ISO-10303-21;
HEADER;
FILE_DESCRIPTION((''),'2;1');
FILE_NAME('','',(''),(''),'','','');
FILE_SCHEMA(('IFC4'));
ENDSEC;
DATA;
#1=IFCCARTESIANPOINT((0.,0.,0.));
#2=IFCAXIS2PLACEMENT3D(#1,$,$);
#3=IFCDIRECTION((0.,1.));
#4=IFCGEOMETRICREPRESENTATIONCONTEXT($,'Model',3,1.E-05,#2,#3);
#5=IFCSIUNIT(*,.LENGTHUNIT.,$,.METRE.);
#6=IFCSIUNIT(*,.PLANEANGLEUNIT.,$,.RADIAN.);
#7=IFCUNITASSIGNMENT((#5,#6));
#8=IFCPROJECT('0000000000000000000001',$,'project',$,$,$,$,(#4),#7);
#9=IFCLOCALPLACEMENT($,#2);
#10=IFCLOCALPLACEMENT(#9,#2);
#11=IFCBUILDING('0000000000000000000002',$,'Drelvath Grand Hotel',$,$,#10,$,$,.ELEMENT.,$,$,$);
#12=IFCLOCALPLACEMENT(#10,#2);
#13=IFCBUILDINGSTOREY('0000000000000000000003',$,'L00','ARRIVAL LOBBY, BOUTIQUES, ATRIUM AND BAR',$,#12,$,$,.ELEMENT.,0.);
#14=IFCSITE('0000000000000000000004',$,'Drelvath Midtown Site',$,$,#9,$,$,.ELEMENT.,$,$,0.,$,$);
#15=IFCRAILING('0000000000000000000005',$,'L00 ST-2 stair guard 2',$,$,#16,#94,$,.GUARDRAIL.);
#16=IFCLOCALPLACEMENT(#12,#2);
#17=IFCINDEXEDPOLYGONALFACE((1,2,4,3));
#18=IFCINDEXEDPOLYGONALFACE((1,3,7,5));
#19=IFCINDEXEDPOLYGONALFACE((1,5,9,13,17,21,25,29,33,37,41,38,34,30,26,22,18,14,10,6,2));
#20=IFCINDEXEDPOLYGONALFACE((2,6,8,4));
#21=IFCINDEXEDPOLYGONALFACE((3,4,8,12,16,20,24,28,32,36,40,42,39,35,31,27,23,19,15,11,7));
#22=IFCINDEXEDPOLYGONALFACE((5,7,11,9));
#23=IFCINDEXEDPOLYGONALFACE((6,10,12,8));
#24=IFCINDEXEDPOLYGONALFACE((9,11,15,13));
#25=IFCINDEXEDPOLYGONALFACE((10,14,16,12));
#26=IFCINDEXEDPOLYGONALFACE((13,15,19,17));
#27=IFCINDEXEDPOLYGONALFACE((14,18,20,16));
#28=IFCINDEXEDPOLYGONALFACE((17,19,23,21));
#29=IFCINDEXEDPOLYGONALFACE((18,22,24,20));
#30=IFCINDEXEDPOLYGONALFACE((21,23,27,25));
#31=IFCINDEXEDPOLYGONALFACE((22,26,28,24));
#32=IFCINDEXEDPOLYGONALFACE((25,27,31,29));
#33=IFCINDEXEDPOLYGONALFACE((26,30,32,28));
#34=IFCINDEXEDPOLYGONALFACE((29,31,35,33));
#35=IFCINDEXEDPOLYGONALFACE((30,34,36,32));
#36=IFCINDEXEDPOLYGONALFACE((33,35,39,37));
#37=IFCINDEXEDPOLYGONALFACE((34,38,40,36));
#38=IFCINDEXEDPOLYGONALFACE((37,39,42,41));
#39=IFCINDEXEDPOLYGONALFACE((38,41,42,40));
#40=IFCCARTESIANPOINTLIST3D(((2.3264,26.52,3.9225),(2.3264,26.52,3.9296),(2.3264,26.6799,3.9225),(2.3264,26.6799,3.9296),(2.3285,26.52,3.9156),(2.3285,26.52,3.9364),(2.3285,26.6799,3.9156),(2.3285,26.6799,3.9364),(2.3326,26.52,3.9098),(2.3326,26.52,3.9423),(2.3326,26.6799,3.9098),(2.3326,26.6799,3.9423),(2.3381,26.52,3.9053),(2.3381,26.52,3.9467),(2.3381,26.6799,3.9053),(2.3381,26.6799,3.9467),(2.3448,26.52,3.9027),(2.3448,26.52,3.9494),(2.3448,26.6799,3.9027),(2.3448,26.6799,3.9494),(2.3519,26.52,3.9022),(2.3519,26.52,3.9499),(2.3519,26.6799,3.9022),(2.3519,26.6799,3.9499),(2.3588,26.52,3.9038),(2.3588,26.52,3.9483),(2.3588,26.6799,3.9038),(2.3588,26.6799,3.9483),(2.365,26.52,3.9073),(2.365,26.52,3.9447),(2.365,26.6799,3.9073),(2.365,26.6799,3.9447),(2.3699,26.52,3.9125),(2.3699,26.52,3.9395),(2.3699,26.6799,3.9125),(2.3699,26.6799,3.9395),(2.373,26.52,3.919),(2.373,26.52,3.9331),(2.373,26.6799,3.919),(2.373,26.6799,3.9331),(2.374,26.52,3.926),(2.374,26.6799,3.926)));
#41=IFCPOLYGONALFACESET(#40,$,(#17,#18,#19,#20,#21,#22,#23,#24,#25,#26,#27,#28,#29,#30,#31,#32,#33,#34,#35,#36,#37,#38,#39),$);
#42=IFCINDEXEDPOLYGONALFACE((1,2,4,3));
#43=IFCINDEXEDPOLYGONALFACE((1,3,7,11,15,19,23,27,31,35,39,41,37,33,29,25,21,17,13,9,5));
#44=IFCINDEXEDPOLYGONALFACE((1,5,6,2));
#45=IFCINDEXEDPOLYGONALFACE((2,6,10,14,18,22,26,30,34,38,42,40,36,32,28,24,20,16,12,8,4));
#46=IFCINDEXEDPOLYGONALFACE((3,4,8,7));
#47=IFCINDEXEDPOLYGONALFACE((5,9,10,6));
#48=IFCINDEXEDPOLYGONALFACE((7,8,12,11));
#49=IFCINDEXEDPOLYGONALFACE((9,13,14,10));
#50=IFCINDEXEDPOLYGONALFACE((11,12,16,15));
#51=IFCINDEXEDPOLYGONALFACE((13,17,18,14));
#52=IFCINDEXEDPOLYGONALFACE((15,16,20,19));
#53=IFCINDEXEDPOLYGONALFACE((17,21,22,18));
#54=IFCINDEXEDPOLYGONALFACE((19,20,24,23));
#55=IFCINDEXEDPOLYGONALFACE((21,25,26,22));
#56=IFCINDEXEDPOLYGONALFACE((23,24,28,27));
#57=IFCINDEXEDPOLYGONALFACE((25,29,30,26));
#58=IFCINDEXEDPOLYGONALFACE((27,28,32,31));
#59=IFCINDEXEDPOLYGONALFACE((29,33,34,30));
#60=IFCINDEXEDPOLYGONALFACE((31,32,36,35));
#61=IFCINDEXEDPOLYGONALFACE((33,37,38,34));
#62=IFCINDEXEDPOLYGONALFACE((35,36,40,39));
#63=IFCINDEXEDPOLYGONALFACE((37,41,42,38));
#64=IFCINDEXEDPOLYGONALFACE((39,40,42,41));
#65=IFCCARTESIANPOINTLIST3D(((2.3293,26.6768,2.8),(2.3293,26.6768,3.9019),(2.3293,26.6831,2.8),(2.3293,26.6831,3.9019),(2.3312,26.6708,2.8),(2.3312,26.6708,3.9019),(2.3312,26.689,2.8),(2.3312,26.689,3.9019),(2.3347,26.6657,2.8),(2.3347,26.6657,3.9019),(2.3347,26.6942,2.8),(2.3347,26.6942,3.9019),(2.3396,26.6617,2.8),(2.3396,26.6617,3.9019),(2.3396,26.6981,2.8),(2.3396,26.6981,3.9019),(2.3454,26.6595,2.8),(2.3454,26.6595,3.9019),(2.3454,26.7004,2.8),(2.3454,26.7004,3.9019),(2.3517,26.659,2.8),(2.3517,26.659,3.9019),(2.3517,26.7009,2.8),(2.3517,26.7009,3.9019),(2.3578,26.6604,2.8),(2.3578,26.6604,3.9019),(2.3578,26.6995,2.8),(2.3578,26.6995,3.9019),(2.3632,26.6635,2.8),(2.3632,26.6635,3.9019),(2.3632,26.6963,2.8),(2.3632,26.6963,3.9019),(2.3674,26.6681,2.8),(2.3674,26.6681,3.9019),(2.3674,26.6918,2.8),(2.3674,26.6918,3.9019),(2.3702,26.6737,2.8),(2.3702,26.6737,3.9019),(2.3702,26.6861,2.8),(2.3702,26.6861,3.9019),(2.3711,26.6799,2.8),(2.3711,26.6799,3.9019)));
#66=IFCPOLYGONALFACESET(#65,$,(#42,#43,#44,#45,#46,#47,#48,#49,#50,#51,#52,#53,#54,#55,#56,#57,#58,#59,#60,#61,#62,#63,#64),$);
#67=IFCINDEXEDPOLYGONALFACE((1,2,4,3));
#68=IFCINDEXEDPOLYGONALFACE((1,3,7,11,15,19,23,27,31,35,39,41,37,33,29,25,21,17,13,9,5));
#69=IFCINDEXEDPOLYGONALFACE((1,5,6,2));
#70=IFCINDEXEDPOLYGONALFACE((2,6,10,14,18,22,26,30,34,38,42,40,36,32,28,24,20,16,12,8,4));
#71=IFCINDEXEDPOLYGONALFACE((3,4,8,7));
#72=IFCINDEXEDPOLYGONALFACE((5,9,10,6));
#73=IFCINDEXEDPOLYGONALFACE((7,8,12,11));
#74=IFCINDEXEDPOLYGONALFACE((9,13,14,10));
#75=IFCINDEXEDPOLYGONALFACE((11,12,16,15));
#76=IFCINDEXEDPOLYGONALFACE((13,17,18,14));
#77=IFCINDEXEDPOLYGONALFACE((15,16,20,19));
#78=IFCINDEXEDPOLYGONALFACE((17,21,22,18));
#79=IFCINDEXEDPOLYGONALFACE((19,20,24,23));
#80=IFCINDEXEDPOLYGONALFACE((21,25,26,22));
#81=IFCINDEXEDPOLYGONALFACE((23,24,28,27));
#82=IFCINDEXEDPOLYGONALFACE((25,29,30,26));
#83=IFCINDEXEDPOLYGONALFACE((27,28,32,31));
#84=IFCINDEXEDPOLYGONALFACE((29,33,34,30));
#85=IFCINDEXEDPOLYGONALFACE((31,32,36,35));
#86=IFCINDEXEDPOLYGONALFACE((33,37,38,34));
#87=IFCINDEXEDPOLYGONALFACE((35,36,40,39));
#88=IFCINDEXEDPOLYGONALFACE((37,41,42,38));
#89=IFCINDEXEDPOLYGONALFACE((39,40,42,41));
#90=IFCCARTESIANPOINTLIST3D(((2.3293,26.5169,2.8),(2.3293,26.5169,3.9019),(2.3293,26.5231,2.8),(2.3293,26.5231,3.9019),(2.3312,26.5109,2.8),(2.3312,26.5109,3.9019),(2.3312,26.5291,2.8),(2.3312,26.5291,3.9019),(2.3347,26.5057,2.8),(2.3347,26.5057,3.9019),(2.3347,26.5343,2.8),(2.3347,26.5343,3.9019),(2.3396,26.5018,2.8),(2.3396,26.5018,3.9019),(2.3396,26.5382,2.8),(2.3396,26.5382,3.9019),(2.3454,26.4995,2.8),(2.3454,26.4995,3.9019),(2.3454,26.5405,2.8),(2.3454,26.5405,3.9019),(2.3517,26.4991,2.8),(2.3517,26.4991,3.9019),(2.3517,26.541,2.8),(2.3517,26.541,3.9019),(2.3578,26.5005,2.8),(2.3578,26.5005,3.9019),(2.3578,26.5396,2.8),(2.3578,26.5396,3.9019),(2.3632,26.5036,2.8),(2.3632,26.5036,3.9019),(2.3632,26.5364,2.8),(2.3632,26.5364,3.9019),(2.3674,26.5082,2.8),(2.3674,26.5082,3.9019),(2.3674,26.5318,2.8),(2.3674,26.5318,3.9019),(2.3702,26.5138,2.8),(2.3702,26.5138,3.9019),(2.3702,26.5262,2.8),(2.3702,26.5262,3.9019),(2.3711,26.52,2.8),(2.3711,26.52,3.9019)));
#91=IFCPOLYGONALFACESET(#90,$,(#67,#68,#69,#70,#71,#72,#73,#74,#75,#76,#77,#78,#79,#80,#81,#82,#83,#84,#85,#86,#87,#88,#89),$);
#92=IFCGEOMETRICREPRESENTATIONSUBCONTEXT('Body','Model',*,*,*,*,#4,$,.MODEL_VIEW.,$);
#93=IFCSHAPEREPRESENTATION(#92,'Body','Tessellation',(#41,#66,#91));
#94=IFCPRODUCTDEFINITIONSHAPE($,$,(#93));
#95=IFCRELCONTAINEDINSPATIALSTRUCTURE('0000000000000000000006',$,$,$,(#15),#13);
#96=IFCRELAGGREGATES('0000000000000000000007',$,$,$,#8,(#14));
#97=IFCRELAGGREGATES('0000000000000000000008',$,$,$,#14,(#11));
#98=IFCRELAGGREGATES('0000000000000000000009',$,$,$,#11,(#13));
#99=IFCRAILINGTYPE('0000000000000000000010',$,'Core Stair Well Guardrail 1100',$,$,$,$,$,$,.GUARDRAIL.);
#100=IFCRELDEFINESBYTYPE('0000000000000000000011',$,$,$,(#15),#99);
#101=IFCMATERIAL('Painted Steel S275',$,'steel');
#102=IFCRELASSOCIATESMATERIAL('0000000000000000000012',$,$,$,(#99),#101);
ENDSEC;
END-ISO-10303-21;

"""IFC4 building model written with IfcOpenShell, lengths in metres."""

from ifc_helpers import new_model, si_unit, direction, frame, origin, origin_2d, place, context, subcontext, project, spatial, circle, extrude, material, type_object, element, save


model = new_model("IFC4")

# Units and contexts
model_context = context("Model", 3, precision=1e-05, world=origin(), true_north=direction((0.0, 1.0)))
body_context = subcontext(model_context, "Body", "Model", "MODEL_VIEW")
ifc_project = project(units=[si_unit("LENGTHUNIT", "METRE"), si_unit("PLANEANGLEUNIT", "RADIAN")], contexts=[model_context])

# Site, building, storey
site_placement = place(None, origin())
site = spatial("IfcSite", under=ifc_project, at=site_placement, Name="Drelvath Midtown Site", CompositionType="ELEMENT", RefElevation=0.0)
building_placement = place(site_placement, origin())
building = spatial("IfcBuilding", under=site, at=building_placement, Name="Drelvath Grand Hotel", CompositionType="ELEMENT")
storey_placement = place(building_placement, origin())
storey = spatial("IfcBuildingStorey", under=building, at=storey_placement, Name="L00", Description="ARRIVAL LOBBY, BOUTIQUES, ATRIUM AND BAR", CompositionType="ELEMENT", Elevation=0.0)

# Shared definitions
ifc_material_1 = material(Name="Painted Steel S275", Category="steel")

# Railing
railing_type_1 = type_object("IfcRailingType", Name="Core Stair Well Guardrail 1100", PredefinedType="GUARDRAIL", material=ifc_material_1)
railing_1_placement = place(storey_placement, frame((2.3501, 26.6799, 2.8)))
element("IfcRailing", 1, at=railing_1_placement, inside=storey, type_object=railing_type_1, Name="L00 ST-2 stair guard 2", PredefinedType="GUARDRAIL", context=body_context, shape_type="SweptSolid", body=[
    extrude(circle(Radius=0.0239, at=origin_2d()), frame((0.0, 0.0, 1.126), z_axis=(0.0, -1.0, 0.0), x_axis=(1.0, 0.0, 0.0)), (0.0, 0.0, 1.0), 0.1599),
    extrude(circle(Radius=0.021, at=origin_2d()), origin(), (0.0, 0.0, 1.0), 1.1018),
    extrude(circle(Radius=0.021, at=origin_2d()), frame((0.0, -0.1599, 0.0)), (0.0, 0.0, 1.0), 1.1018),
])

save(model, "model.ifc")
